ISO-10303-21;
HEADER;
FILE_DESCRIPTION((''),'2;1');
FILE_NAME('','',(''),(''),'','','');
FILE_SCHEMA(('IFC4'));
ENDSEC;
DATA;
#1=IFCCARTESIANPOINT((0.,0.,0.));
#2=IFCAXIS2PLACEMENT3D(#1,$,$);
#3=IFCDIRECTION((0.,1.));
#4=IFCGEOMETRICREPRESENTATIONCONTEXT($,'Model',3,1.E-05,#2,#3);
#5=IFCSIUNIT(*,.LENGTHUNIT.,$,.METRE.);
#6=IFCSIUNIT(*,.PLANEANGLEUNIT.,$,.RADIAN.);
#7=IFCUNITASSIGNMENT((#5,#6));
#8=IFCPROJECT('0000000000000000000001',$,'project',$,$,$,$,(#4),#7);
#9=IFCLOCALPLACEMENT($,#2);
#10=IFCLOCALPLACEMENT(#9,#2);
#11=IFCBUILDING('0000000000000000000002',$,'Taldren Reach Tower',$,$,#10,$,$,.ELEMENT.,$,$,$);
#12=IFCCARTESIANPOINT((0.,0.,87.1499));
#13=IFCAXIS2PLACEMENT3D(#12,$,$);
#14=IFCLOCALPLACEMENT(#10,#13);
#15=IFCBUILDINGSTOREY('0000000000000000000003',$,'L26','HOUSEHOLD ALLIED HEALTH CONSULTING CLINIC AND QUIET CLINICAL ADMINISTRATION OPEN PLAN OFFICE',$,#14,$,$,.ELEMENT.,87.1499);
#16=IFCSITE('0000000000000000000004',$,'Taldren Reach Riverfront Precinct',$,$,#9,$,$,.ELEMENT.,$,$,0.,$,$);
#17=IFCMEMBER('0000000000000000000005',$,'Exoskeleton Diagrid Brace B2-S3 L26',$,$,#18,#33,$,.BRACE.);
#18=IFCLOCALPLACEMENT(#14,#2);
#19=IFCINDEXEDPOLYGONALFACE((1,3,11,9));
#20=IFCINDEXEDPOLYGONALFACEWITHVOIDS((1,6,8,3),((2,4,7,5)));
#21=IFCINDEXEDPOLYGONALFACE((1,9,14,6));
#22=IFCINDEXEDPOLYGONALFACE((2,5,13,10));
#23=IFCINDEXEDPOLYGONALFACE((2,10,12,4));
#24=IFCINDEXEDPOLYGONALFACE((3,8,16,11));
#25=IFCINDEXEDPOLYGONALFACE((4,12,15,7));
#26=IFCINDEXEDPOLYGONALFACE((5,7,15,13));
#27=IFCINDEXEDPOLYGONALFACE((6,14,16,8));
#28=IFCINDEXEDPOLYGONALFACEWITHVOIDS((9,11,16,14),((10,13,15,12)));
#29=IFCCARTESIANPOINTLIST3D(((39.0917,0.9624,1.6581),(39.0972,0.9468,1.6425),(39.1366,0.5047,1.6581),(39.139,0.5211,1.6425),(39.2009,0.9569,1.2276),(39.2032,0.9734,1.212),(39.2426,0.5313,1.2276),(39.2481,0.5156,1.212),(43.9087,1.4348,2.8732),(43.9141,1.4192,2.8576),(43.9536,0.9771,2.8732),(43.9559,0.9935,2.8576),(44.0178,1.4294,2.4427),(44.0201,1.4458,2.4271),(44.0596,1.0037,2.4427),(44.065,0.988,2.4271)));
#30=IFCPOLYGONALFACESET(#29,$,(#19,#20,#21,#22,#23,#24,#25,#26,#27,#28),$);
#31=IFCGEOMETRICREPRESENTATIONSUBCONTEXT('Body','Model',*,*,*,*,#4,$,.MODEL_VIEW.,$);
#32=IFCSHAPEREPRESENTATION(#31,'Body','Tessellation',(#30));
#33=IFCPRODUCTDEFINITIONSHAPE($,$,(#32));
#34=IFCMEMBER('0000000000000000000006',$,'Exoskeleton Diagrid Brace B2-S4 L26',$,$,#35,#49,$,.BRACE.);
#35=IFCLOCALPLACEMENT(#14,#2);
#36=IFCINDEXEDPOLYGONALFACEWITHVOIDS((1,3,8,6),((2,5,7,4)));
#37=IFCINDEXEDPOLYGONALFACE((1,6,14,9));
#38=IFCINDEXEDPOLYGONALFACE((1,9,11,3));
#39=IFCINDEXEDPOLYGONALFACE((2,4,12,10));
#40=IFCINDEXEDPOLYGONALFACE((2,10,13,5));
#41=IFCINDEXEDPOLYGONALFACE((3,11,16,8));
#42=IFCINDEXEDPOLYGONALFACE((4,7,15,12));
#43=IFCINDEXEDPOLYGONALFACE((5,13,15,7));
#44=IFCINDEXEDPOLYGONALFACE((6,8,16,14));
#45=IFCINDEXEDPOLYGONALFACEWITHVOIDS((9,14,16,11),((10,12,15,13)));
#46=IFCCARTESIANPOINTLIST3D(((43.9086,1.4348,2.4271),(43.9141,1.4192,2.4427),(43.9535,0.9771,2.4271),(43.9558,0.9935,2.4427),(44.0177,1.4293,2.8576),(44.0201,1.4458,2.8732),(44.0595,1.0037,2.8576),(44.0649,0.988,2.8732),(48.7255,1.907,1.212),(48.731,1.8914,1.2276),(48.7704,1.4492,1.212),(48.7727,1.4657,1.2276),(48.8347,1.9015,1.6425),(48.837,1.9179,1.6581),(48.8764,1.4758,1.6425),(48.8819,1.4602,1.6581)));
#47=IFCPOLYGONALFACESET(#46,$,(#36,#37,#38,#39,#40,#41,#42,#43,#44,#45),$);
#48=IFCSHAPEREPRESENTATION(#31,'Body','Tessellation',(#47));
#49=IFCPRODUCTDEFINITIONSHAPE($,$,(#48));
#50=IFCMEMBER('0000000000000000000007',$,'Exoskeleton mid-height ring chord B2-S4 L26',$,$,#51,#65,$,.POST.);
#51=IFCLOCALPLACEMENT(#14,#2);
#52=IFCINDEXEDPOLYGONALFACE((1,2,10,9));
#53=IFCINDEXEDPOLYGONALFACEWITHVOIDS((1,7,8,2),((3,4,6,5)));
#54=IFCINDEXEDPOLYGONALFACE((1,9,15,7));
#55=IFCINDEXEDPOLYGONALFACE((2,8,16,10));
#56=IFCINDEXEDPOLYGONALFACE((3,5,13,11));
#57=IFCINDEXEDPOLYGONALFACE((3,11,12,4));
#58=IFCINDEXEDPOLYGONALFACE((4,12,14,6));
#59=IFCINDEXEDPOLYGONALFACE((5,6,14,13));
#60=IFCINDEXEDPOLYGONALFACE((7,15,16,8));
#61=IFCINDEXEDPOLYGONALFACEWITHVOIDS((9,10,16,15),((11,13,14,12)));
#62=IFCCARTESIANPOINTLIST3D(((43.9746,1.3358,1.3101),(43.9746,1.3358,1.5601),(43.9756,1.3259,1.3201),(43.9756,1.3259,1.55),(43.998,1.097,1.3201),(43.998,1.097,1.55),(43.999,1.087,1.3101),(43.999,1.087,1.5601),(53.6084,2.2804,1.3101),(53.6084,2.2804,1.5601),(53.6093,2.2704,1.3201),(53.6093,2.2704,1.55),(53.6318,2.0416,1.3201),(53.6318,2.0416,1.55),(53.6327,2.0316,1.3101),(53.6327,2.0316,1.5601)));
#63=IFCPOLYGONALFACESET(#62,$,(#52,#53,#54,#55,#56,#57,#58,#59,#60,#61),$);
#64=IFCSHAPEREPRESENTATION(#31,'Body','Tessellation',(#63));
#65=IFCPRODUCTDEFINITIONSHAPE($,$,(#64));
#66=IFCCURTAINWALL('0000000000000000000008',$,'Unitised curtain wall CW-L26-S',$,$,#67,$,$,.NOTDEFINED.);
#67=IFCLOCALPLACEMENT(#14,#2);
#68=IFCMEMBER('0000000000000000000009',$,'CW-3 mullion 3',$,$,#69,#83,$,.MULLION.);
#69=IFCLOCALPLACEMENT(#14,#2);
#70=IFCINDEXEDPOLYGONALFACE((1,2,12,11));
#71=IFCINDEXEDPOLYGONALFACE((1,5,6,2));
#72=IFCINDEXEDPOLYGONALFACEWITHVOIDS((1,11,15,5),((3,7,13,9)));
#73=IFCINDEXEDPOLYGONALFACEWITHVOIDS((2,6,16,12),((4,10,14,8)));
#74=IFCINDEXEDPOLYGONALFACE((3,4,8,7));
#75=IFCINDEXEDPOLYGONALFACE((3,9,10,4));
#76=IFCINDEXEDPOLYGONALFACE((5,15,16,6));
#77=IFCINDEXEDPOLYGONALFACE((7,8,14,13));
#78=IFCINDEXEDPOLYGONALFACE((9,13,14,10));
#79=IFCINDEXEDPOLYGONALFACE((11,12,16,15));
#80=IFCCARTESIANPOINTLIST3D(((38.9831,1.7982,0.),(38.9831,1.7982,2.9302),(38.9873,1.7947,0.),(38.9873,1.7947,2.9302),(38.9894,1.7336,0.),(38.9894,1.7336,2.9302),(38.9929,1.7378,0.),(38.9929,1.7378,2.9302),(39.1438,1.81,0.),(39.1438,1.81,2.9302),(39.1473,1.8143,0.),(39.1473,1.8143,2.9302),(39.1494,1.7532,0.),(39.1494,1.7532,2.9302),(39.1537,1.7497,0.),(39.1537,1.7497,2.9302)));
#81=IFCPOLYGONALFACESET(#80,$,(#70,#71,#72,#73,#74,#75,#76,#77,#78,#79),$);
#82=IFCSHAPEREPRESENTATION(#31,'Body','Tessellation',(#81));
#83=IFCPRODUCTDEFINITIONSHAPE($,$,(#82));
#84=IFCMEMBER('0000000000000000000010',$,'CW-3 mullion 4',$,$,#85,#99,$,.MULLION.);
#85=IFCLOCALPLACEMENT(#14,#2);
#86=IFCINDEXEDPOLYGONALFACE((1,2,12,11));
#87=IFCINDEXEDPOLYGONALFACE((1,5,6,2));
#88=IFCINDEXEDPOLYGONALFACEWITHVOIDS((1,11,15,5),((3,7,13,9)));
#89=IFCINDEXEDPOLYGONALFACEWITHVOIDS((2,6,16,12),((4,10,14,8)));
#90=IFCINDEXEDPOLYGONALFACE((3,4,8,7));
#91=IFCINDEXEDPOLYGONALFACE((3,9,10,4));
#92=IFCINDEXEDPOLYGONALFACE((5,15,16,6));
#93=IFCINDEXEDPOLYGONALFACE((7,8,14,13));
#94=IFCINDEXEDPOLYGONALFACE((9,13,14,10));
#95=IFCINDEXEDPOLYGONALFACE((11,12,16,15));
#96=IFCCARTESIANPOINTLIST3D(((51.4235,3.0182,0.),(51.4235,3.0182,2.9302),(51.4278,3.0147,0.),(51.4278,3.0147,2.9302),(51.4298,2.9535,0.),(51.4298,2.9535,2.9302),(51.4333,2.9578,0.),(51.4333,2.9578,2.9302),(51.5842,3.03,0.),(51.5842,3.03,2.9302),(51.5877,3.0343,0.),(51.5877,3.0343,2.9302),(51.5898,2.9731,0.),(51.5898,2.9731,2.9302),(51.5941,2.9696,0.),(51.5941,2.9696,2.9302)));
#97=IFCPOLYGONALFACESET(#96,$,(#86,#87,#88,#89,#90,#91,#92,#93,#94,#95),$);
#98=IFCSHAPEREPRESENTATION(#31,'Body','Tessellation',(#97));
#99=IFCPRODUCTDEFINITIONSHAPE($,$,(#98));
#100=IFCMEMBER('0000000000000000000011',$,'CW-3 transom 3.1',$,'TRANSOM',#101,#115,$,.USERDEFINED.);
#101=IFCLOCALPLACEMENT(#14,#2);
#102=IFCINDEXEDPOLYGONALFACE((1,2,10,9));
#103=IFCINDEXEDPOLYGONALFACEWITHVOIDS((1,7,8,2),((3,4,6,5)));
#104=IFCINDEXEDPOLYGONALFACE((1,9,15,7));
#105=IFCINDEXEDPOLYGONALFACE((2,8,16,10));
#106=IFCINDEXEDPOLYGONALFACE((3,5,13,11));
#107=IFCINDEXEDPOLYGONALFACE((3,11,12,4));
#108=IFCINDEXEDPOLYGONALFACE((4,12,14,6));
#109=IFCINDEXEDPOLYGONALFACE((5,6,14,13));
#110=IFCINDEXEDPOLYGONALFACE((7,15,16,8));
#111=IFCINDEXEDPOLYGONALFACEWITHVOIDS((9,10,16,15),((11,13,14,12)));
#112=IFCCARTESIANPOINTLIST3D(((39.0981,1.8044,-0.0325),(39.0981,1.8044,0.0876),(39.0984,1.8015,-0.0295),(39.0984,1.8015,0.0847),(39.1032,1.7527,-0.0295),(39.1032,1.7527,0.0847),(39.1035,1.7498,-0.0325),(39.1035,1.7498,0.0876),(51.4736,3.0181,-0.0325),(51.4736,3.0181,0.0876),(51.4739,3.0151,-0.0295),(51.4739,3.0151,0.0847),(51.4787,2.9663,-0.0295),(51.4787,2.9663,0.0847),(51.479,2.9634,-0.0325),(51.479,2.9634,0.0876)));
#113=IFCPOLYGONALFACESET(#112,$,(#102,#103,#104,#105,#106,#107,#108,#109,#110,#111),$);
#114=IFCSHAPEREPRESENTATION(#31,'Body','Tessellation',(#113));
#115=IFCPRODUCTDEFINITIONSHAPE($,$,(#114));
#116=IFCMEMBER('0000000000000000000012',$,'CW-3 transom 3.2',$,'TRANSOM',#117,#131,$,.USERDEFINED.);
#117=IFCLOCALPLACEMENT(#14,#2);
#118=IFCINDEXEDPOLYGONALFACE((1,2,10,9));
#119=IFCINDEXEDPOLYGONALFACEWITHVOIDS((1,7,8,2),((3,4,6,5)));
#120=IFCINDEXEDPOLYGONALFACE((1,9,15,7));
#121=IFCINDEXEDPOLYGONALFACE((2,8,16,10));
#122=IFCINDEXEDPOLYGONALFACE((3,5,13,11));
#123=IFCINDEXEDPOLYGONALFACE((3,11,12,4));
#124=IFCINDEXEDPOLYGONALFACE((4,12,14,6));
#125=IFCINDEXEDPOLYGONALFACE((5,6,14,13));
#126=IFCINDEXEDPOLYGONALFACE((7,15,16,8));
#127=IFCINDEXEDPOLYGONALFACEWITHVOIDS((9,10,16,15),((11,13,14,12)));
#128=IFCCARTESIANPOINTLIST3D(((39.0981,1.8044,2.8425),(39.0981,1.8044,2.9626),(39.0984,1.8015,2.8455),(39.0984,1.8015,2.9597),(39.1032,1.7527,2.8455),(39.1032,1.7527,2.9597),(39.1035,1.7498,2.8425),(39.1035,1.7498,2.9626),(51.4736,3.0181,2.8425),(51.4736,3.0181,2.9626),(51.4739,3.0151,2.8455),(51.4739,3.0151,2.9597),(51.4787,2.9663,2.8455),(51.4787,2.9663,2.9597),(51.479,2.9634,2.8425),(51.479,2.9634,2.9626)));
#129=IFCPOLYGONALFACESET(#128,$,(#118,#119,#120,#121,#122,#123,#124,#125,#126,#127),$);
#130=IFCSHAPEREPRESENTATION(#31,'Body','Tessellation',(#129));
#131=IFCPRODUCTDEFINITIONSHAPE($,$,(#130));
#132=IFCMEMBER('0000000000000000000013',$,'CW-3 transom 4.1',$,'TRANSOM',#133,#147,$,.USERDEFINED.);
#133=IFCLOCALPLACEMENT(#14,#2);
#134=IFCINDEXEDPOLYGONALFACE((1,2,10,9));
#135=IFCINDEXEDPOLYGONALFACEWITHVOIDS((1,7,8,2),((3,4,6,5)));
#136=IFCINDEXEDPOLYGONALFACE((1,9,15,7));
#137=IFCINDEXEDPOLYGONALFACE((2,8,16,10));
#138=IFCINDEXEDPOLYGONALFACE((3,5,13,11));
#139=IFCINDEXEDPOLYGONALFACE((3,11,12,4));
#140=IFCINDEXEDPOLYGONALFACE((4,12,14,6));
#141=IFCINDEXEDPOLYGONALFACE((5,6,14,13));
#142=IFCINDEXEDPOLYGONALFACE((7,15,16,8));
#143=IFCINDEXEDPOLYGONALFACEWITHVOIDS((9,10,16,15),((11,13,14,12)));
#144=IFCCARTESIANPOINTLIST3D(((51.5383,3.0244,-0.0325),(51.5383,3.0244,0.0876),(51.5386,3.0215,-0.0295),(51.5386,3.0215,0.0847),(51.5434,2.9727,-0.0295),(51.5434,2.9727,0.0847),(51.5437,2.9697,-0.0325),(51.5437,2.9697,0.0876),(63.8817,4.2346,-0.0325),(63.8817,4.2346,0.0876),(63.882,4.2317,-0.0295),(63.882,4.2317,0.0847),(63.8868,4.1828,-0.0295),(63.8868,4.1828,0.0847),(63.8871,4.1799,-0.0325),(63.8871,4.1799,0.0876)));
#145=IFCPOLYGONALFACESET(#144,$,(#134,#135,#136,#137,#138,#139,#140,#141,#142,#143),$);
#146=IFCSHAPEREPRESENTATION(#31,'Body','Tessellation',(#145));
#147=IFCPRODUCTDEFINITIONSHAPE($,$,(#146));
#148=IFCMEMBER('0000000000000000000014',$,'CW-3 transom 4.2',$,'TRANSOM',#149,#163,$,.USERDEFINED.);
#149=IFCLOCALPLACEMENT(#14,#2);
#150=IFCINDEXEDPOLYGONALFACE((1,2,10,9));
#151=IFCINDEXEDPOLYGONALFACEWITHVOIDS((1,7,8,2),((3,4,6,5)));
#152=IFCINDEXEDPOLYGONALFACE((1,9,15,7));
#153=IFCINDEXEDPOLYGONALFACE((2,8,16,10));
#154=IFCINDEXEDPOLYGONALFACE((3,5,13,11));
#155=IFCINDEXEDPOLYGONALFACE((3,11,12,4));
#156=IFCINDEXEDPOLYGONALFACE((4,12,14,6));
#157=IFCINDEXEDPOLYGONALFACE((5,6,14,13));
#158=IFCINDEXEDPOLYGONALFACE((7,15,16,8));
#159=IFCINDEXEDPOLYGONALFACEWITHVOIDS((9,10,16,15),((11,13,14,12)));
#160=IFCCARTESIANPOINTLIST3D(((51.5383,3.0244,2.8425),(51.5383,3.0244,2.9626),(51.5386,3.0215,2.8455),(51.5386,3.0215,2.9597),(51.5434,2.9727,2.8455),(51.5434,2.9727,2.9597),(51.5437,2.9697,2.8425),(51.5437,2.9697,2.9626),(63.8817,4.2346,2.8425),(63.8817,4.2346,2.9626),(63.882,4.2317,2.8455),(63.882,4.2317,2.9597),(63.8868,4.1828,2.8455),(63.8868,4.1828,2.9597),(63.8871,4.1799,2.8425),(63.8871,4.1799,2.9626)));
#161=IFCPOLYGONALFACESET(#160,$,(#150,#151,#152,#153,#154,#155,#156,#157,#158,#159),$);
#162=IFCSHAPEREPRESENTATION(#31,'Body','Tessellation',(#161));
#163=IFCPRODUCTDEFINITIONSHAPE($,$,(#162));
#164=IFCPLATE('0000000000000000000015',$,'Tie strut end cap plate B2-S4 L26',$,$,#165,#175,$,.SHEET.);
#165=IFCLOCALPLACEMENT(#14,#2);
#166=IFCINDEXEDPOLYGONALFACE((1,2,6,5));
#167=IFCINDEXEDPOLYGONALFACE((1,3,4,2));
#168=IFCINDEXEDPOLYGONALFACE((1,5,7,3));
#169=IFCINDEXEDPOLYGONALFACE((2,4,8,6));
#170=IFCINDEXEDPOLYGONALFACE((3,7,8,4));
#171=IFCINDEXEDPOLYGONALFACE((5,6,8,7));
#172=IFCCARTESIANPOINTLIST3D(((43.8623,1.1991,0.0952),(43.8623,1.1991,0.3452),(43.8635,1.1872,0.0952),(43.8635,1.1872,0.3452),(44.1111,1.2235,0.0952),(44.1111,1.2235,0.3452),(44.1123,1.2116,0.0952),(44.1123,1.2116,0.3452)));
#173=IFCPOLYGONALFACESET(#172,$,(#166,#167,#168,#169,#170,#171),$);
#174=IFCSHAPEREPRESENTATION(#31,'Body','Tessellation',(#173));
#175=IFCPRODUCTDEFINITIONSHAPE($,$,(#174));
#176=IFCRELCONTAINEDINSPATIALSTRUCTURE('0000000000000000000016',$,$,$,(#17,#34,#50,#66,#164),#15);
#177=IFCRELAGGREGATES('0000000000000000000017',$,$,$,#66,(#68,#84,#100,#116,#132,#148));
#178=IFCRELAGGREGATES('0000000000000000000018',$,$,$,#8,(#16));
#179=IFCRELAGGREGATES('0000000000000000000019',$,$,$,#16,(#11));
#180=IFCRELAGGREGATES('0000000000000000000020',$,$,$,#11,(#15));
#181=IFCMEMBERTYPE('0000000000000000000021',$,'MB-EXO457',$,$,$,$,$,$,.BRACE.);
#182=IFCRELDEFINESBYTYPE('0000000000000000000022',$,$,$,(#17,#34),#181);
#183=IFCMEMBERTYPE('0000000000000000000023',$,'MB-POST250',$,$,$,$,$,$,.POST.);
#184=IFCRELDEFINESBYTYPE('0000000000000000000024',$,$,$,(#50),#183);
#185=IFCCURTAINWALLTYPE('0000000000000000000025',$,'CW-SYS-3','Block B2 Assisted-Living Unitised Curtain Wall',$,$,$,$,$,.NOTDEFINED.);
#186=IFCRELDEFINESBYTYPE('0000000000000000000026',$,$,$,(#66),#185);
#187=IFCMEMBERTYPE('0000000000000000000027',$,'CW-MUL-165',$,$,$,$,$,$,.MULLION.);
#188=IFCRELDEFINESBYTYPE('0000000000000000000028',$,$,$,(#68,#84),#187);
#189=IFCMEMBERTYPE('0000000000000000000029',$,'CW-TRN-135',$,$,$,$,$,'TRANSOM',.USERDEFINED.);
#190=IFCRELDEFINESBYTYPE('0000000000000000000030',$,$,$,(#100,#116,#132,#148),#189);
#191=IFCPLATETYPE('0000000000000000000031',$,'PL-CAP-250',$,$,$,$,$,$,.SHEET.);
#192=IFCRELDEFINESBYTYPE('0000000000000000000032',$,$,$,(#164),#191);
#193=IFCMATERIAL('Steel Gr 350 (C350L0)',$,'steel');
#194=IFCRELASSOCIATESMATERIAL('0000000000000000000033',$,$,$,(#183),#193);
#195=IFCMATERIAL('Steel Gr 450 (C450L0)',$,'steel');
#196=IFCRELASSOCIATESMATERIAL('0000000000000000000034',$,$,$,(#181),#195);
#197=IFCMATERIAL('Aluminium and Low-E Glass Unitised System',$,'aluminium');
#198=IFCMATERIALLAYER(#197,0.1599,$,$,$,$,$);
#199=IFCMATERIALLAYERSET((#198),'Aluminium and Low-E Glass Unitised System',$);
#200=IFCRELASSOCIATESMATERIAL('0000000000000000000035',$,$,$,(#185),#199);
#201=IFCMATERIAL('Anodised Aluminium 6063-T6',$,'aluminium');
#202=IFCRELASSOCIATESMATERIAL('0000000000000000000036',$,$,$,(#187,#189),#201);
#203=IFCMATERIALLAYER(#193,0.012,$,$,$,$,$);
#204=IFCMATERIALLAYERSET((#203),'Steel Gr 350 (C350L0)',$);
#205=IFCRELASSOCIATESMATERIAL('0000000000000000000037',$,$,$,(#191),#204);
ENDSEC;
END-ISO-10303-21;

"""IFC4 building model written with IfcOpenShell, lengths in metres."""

from ifc_helpers import new_model, si_unit, direction, frame, origin, origin_2d, place, context, subcontext, project, spatial, rectangle, hollow_rectangle, extrude, source, transform, mapped, material, layer, layer_set, material_profile, profile_set, type_object, element, aggregate, save


model = new_model("IFC4")

# Units and contexts
model_context = context("Model", 3, precision=1e-05, world=origin(), true_north=direction((0.0, 1.0)))
body_context = subcontext(model_context, "Body", "Model", "MODEL_VIEW")
ifc_project = project(units=[si_unit("LENGTHUNIT", "METRE"), si_unit("PLANEANGLEUNIT", "RADIAN")], contexts=[model_context])

# Site, building, storey
site_placement = place(None, origin())
site = spatial("IfcSite", under=ifc_project, at=site_placement, Name="Taldren Reach Riverfront Precinct", CompositionType="ELEMENT", RefElevation=0.0)
building_placement = place(site_placement, origin())
building = spatial("IfcBuilding", under=site, at=building_placement, Name="Taldren Reach Tower", CompositionType="ELEMENT")
storey_placement = place(building_placement, frame((0.0, 0.0, 87.1499)))
storey = spatial("IfcBuildingStorey", under=building, at=storey_placement, Name="L26", Description="HOUSEHOLD ALLIED HEALTH CONSULTING CLINIC AND QUIET CLINICAL ADMINISTRATION OPEN PLAN OFFICE", CompositionType="ELEMENT", Elevation=87.1499)

# Shared definitions
ifc_material_1 = material(Name="Steel Gr 450 (C450L0)", Category="steel")
ifc_material_2 = material(Name="Steel Gr 350 (C350L0)", Category="steel")
ifc_material_profile_1 = material_profile(ifc_material_2, hollow_rectangle(XDim=0.25, YDim=0.25, WallThickness=0.01, at=origin_2d()), Name="250x250x10.0SHS")
ifc_profile_set_1 = profile_set([ifc_material_profile_1], Name="Steel Gr 350 (C350L0)")
member_type_1 = type_object("IfcMemberType", Name="MB-POST250", PredefinedType="POST", material=ifc_profile_set_1)

# Members
ifc_material_profile_2 = material_profile(ifc_material_1, hollow_rectangle(XDim=0.46, YDim=0.46, WallThickness=0.0161, at=origin_2d()), Name="460x460x16.0SHS")
ifc_profile_set_2 = profile_set([ifc_material_profile_2], Name="Steel Gr 450 (C450L0)")
member_type_2 = type_object("IfcMemberType", Name="MB-EXO457", PredefinedType="BRACE", material=ifc_profile_set_2)
shared_shape_1 = source(origin(), body_context, "Body", "SweptSolid", [
    extrude(hollow_rectangle(XDim=0.46, YDim=0.46, WallThickness=0.0161, at=origin_2d()), origin(), (0.0, 0.0, 1.0), 4.9902),
])
for number, where, z_axis, x_axis, name in (
    (1, (39.1699, 0.739, 1.4351), (0.965271, 0.094668, 0.243495), (-0.097606, 0.995225, 0.0), "Exoskeleton Diagrid Brace B2-S3 L26"),
    (2, (48.8037, 1.6836, 1.4351), (-0.965276, -0.09462, 0.243496), (0.097556, -0.99523, 0.0), "Exoskeleton Diagrid Brace B2-S4 L26"),
):
    element("IfcMember", number, at=place(storey_placement, frame(where, z_axis=z_axis, x_axis=x_axis)), inside=storey, type_object=member_type_2, Name=name, PredefinedType="BRACE", context=body_context, shape_type="MappedRepresentation", body=[
        mapped(shared_shape_1, transform((0.0, 0.0, 0.0), scale=1.0)),
    ])
shared_shape_2 = source(origin(), body_context, "Body", "SweptSolid", [
    extrude(hollow_rectangle(XDim=0.25, YDim=0.25, WallThickness=0.01, at=origin_2d()), origin(), (0.0, 0.0, 1.0), 9.6799),
])
member_1_placement = place(storey_placement, frame((43.9868, 1.2114, 1.4351), z_axis=(0.995228, 0.097581, 0.0), x_axis=(-0.097581, 0.995228, 0.0)))
element("IfcMember", 3, at=member_1_placement, inside=storey, type_object=member_type_1, Name="Exoskeleton mid-height ring chord B2-S4 L26", PredefinedType="POST", context=body_context, shape_type="MappedRepresentation", body=[
    mapped(shared_shape_2, transform((0.0, 0.0, 0.0), scale=1.0)),
])

# Curtain wall, members
ifc_material_3 = material(Name="Aluminium and Low-E Glass Unitised System", Category="aluminium")
ifc_layer_1 = layer(ifc_material_3, 0.1599)
ifc_layer_set_1 = layer_set([ifc_layer_1], Name="Aluminium and Low-E Glass Unitised System")
curtain_wall_type = type_object("IfcCurtainWallType", Name="CW-SYS-3", Description="Block B2 Assisted-Living Unitised Curtain Wall", PredefinedType="NOTDEFINED", material=ifc_layer_set_1)
curtain_wall_placement = place(storey_placement, origin())
curtain_wall = element("IfcCurtainWall", 4, at=curtain_wall_placement, inside=storey, type_object=curtain_wall_type, Name="Unitised curtain wall CW-L26-S", PredefinedType="NOTDEFINED")
ifc_material_4 = material(Name="Anodised Aluminium 6063-T6", Category="aluminium")
ifc_material_profile_3 = material_profile(ifc_material_4, hollow_rectangle(XDim=0.0649, YDim=0.165, WallThickness=0.0039, at=origin_2d()), Name="ALU-165x65x4RHS")
ifc_profile_set_3 = profile_set([ifc_material_profile_3], Name="Anodised Aluminium 6063-T6")
member_type_3 = type_object("IfcMemberType", Name="CW-MUL-165", PredefinedType="MULLION", material=ifc_profile_set_3)
shared_shape_3 = source(origin(), body_context, "Body", "SweptSolid", [
    extrude(hollow_rectangle(XDim=0.0649, YDim=0.165, WallThickness=0.0039, at=origin_2d()), origin(), (0.0, 0.0, 1.0), 2.9302),
])
member_2_placement = place(storey_placement, frame((39.0684, 1.7739, 0.0), z_axis=(0.0, 0.0, 1.0), x_axis=(-0.097583, 0.995227, 0.0)))
member_2 = element("IfcMember", 5, at=member_2_placement, type_object=member_type_3, Name="CW-3 mullion 3", PredefinedType="MULLION", context=body_context, shape_type="MappedRepresentation", body=[
    mapped(shared_shape_3, transform((0.0, 0.0, 0.0), scale=1.0)),
])
member_3_placement = place(storey_placement, frame((51.5088, 2.9939, 0.0), z_axis=(0.0, 0.0, 1.0), x_axis=(-0.097583, 0.995227, 0.0)))
member_3 = element("IfcMember", 6, at=member_3_placement, type_object=member_type_3, Name="CW-3 mullion 4", PredefinedType="MULLION", context=body_context, shape_type="MappedRepresentation", body=[
    mapped(shared_shape_3, transform((0.0, 0.0, 0.0), scale=1.0)),
])
ifc_material_profile_4 = material_profile(ifc_material_4, hollow_rectangle(XDim=0.0549, YDim=0.1201, WallThickness=0.0029, at=origin_2d()), Name="ALU-120x55x3RHS")
ifc_profile_set_4 = profile_set([ifc_material_profile_4], Name="Anodised Aluminium 6063-T6")
member_type_4 = type_object("IfcMemberType", Name="CW-TRN-135", ElementType="TRANSOM", PredefinedType="USERDEFINED", material=ifc_profile_set_4)
shared_shape_4 = source(origin(), body_context, "Body", "SweptSolid", [
    extrude(hollow_rectangle(XDim=0.0549, YDim=0.1201, WallThickness=0.0029, at=origin_2d()), origin(), (0.0, 0.0, 1.0), 12.4348),
])
member_4_placement = place(storey_placement, frame((39.1008, 1.7771, 0.0276), z_axis=(0.995226, 0.097598, 0.0), x_axis=(-0.097598, 0.995226, 0.0)))
member_4 = element("IfcMember", 7, at=member_4_placement, type_object=member_type_4, Name="CW-3 transom 3.1", ObjectType="TRANSOM", PredefinedType="USERDEFINED", context=body_context, shape_type="MappedRepresentation", body=[
    mapped(shared_shape_4, transform((0.0, 0.0, 0.0), scale=1.0)),
])
member_5_placement = place(storey_placement, frame((39.1008, 1.7771, 2.9026), z_axis=(0.995226, 0.097598, 0.0), x_axis=(-0.097598, 0.995226, 0.0)))
member_5 = element("IfcMember", 8, at=member_5_placement, type_object=member_type_4, Name="CW-3 transom 3.2", ObjectType="TRANSOM", PredefinedType="USERDEFINED", context=body_context, shape_type="MappedRepresentation", body=[
    mapped(shared_shape_4, transform((0.0, 0.0, 0.0), scale=1.0)),
])
shared_shape_5 = source(origin(), body_context, "Body", "SweptSolid", [
    extrude(hollow_rectangle(XDim=0.0549, YDim=0.1201, WallThickness=0.0029, at=origin_2d()), origin(), (0.0, 0.0, 1.0), 12.4026),
])
member_6_placement = place(storey_placement, frame((51.541, 2.9971, 0.0276), z_axis=(0.995228, 0.097576, 0.0), x_axis=(-0.097576, 0.995228, 0.0)))
member_6 = element("IfcMember", 9, at=member_6_placement, type_object=member_type_4, Name="CW-3 transom 4.1", ObjectType="TRANSOM", PredefinedType="USERDEFINED", context=body_context, shape_type="MappedRepresentation", body=[
    mapped(shared_shape_5, transform((0.0, 0.0, 0.0), scale=1.0)),
])
member_7_placement = place(storey_placement, frame((51.541, 2.9971, 2.9026), z_axis=(0.995228, 0.097576, 0.0), x_axis=(-0.097576, 0.995228, 0.0)))
member_7 = element("IfcMember", 10, at=member_7_placement, type_object=member_type_4, Name="CW-3 transom 4.2", ObjectType="TRANSOM", PredefinedType="USERDEFINED", context=body_context, shape_type="MappedRepresentation", body=[
    mapped(shared_shape_5, transform((0.0, 0.0, 0.0), scale=1.0)),
])

# Plate
ifc_layer_2 = layer(ifc_material_2, 0.012)
ifc_layer_set_2 = layer_set([ifc_layer_2], Name="Steel Gr 350 (C350L0)")
plate_type_1 = type_object("IfcPlateType", Name="PL-CAP-250", PredefinedType="SHEET", material=ifc_layer_set_2)
shared_shape_6 = source(origin(), body_context, "Body", "SweptSolid", [
    extrude(rectangle(XDim=0.25, YDim=0.012, at=origin_2d()), origin(), (0.0, 0.0, 1.0), 0.25),
])
plate_1_placement = place(storey_placement, frame((43.9873, 1.2053, 0.0952), z_axis=(0.0, 0.0, 1.0), x_axis=(0.995227, 0.097583, 0.0)))
element("IfcPlate", 11, at=plate_1_placement, inside=storey, type_object=plate_type_1, Name="Tie strut end cap plate B2-S4 L26", PredefinedType="SHEET", context=body_context, shape_type="MappedRepresentation", body=[
    mapped(shared_shape_6, transform((0.0, 0.0, 0.0), scale=1.0)),
])
aggregate(curtain_wall, [member_2, member_3, member_4, member_5, member_6, member_7])

save(model, "model.ifc")
